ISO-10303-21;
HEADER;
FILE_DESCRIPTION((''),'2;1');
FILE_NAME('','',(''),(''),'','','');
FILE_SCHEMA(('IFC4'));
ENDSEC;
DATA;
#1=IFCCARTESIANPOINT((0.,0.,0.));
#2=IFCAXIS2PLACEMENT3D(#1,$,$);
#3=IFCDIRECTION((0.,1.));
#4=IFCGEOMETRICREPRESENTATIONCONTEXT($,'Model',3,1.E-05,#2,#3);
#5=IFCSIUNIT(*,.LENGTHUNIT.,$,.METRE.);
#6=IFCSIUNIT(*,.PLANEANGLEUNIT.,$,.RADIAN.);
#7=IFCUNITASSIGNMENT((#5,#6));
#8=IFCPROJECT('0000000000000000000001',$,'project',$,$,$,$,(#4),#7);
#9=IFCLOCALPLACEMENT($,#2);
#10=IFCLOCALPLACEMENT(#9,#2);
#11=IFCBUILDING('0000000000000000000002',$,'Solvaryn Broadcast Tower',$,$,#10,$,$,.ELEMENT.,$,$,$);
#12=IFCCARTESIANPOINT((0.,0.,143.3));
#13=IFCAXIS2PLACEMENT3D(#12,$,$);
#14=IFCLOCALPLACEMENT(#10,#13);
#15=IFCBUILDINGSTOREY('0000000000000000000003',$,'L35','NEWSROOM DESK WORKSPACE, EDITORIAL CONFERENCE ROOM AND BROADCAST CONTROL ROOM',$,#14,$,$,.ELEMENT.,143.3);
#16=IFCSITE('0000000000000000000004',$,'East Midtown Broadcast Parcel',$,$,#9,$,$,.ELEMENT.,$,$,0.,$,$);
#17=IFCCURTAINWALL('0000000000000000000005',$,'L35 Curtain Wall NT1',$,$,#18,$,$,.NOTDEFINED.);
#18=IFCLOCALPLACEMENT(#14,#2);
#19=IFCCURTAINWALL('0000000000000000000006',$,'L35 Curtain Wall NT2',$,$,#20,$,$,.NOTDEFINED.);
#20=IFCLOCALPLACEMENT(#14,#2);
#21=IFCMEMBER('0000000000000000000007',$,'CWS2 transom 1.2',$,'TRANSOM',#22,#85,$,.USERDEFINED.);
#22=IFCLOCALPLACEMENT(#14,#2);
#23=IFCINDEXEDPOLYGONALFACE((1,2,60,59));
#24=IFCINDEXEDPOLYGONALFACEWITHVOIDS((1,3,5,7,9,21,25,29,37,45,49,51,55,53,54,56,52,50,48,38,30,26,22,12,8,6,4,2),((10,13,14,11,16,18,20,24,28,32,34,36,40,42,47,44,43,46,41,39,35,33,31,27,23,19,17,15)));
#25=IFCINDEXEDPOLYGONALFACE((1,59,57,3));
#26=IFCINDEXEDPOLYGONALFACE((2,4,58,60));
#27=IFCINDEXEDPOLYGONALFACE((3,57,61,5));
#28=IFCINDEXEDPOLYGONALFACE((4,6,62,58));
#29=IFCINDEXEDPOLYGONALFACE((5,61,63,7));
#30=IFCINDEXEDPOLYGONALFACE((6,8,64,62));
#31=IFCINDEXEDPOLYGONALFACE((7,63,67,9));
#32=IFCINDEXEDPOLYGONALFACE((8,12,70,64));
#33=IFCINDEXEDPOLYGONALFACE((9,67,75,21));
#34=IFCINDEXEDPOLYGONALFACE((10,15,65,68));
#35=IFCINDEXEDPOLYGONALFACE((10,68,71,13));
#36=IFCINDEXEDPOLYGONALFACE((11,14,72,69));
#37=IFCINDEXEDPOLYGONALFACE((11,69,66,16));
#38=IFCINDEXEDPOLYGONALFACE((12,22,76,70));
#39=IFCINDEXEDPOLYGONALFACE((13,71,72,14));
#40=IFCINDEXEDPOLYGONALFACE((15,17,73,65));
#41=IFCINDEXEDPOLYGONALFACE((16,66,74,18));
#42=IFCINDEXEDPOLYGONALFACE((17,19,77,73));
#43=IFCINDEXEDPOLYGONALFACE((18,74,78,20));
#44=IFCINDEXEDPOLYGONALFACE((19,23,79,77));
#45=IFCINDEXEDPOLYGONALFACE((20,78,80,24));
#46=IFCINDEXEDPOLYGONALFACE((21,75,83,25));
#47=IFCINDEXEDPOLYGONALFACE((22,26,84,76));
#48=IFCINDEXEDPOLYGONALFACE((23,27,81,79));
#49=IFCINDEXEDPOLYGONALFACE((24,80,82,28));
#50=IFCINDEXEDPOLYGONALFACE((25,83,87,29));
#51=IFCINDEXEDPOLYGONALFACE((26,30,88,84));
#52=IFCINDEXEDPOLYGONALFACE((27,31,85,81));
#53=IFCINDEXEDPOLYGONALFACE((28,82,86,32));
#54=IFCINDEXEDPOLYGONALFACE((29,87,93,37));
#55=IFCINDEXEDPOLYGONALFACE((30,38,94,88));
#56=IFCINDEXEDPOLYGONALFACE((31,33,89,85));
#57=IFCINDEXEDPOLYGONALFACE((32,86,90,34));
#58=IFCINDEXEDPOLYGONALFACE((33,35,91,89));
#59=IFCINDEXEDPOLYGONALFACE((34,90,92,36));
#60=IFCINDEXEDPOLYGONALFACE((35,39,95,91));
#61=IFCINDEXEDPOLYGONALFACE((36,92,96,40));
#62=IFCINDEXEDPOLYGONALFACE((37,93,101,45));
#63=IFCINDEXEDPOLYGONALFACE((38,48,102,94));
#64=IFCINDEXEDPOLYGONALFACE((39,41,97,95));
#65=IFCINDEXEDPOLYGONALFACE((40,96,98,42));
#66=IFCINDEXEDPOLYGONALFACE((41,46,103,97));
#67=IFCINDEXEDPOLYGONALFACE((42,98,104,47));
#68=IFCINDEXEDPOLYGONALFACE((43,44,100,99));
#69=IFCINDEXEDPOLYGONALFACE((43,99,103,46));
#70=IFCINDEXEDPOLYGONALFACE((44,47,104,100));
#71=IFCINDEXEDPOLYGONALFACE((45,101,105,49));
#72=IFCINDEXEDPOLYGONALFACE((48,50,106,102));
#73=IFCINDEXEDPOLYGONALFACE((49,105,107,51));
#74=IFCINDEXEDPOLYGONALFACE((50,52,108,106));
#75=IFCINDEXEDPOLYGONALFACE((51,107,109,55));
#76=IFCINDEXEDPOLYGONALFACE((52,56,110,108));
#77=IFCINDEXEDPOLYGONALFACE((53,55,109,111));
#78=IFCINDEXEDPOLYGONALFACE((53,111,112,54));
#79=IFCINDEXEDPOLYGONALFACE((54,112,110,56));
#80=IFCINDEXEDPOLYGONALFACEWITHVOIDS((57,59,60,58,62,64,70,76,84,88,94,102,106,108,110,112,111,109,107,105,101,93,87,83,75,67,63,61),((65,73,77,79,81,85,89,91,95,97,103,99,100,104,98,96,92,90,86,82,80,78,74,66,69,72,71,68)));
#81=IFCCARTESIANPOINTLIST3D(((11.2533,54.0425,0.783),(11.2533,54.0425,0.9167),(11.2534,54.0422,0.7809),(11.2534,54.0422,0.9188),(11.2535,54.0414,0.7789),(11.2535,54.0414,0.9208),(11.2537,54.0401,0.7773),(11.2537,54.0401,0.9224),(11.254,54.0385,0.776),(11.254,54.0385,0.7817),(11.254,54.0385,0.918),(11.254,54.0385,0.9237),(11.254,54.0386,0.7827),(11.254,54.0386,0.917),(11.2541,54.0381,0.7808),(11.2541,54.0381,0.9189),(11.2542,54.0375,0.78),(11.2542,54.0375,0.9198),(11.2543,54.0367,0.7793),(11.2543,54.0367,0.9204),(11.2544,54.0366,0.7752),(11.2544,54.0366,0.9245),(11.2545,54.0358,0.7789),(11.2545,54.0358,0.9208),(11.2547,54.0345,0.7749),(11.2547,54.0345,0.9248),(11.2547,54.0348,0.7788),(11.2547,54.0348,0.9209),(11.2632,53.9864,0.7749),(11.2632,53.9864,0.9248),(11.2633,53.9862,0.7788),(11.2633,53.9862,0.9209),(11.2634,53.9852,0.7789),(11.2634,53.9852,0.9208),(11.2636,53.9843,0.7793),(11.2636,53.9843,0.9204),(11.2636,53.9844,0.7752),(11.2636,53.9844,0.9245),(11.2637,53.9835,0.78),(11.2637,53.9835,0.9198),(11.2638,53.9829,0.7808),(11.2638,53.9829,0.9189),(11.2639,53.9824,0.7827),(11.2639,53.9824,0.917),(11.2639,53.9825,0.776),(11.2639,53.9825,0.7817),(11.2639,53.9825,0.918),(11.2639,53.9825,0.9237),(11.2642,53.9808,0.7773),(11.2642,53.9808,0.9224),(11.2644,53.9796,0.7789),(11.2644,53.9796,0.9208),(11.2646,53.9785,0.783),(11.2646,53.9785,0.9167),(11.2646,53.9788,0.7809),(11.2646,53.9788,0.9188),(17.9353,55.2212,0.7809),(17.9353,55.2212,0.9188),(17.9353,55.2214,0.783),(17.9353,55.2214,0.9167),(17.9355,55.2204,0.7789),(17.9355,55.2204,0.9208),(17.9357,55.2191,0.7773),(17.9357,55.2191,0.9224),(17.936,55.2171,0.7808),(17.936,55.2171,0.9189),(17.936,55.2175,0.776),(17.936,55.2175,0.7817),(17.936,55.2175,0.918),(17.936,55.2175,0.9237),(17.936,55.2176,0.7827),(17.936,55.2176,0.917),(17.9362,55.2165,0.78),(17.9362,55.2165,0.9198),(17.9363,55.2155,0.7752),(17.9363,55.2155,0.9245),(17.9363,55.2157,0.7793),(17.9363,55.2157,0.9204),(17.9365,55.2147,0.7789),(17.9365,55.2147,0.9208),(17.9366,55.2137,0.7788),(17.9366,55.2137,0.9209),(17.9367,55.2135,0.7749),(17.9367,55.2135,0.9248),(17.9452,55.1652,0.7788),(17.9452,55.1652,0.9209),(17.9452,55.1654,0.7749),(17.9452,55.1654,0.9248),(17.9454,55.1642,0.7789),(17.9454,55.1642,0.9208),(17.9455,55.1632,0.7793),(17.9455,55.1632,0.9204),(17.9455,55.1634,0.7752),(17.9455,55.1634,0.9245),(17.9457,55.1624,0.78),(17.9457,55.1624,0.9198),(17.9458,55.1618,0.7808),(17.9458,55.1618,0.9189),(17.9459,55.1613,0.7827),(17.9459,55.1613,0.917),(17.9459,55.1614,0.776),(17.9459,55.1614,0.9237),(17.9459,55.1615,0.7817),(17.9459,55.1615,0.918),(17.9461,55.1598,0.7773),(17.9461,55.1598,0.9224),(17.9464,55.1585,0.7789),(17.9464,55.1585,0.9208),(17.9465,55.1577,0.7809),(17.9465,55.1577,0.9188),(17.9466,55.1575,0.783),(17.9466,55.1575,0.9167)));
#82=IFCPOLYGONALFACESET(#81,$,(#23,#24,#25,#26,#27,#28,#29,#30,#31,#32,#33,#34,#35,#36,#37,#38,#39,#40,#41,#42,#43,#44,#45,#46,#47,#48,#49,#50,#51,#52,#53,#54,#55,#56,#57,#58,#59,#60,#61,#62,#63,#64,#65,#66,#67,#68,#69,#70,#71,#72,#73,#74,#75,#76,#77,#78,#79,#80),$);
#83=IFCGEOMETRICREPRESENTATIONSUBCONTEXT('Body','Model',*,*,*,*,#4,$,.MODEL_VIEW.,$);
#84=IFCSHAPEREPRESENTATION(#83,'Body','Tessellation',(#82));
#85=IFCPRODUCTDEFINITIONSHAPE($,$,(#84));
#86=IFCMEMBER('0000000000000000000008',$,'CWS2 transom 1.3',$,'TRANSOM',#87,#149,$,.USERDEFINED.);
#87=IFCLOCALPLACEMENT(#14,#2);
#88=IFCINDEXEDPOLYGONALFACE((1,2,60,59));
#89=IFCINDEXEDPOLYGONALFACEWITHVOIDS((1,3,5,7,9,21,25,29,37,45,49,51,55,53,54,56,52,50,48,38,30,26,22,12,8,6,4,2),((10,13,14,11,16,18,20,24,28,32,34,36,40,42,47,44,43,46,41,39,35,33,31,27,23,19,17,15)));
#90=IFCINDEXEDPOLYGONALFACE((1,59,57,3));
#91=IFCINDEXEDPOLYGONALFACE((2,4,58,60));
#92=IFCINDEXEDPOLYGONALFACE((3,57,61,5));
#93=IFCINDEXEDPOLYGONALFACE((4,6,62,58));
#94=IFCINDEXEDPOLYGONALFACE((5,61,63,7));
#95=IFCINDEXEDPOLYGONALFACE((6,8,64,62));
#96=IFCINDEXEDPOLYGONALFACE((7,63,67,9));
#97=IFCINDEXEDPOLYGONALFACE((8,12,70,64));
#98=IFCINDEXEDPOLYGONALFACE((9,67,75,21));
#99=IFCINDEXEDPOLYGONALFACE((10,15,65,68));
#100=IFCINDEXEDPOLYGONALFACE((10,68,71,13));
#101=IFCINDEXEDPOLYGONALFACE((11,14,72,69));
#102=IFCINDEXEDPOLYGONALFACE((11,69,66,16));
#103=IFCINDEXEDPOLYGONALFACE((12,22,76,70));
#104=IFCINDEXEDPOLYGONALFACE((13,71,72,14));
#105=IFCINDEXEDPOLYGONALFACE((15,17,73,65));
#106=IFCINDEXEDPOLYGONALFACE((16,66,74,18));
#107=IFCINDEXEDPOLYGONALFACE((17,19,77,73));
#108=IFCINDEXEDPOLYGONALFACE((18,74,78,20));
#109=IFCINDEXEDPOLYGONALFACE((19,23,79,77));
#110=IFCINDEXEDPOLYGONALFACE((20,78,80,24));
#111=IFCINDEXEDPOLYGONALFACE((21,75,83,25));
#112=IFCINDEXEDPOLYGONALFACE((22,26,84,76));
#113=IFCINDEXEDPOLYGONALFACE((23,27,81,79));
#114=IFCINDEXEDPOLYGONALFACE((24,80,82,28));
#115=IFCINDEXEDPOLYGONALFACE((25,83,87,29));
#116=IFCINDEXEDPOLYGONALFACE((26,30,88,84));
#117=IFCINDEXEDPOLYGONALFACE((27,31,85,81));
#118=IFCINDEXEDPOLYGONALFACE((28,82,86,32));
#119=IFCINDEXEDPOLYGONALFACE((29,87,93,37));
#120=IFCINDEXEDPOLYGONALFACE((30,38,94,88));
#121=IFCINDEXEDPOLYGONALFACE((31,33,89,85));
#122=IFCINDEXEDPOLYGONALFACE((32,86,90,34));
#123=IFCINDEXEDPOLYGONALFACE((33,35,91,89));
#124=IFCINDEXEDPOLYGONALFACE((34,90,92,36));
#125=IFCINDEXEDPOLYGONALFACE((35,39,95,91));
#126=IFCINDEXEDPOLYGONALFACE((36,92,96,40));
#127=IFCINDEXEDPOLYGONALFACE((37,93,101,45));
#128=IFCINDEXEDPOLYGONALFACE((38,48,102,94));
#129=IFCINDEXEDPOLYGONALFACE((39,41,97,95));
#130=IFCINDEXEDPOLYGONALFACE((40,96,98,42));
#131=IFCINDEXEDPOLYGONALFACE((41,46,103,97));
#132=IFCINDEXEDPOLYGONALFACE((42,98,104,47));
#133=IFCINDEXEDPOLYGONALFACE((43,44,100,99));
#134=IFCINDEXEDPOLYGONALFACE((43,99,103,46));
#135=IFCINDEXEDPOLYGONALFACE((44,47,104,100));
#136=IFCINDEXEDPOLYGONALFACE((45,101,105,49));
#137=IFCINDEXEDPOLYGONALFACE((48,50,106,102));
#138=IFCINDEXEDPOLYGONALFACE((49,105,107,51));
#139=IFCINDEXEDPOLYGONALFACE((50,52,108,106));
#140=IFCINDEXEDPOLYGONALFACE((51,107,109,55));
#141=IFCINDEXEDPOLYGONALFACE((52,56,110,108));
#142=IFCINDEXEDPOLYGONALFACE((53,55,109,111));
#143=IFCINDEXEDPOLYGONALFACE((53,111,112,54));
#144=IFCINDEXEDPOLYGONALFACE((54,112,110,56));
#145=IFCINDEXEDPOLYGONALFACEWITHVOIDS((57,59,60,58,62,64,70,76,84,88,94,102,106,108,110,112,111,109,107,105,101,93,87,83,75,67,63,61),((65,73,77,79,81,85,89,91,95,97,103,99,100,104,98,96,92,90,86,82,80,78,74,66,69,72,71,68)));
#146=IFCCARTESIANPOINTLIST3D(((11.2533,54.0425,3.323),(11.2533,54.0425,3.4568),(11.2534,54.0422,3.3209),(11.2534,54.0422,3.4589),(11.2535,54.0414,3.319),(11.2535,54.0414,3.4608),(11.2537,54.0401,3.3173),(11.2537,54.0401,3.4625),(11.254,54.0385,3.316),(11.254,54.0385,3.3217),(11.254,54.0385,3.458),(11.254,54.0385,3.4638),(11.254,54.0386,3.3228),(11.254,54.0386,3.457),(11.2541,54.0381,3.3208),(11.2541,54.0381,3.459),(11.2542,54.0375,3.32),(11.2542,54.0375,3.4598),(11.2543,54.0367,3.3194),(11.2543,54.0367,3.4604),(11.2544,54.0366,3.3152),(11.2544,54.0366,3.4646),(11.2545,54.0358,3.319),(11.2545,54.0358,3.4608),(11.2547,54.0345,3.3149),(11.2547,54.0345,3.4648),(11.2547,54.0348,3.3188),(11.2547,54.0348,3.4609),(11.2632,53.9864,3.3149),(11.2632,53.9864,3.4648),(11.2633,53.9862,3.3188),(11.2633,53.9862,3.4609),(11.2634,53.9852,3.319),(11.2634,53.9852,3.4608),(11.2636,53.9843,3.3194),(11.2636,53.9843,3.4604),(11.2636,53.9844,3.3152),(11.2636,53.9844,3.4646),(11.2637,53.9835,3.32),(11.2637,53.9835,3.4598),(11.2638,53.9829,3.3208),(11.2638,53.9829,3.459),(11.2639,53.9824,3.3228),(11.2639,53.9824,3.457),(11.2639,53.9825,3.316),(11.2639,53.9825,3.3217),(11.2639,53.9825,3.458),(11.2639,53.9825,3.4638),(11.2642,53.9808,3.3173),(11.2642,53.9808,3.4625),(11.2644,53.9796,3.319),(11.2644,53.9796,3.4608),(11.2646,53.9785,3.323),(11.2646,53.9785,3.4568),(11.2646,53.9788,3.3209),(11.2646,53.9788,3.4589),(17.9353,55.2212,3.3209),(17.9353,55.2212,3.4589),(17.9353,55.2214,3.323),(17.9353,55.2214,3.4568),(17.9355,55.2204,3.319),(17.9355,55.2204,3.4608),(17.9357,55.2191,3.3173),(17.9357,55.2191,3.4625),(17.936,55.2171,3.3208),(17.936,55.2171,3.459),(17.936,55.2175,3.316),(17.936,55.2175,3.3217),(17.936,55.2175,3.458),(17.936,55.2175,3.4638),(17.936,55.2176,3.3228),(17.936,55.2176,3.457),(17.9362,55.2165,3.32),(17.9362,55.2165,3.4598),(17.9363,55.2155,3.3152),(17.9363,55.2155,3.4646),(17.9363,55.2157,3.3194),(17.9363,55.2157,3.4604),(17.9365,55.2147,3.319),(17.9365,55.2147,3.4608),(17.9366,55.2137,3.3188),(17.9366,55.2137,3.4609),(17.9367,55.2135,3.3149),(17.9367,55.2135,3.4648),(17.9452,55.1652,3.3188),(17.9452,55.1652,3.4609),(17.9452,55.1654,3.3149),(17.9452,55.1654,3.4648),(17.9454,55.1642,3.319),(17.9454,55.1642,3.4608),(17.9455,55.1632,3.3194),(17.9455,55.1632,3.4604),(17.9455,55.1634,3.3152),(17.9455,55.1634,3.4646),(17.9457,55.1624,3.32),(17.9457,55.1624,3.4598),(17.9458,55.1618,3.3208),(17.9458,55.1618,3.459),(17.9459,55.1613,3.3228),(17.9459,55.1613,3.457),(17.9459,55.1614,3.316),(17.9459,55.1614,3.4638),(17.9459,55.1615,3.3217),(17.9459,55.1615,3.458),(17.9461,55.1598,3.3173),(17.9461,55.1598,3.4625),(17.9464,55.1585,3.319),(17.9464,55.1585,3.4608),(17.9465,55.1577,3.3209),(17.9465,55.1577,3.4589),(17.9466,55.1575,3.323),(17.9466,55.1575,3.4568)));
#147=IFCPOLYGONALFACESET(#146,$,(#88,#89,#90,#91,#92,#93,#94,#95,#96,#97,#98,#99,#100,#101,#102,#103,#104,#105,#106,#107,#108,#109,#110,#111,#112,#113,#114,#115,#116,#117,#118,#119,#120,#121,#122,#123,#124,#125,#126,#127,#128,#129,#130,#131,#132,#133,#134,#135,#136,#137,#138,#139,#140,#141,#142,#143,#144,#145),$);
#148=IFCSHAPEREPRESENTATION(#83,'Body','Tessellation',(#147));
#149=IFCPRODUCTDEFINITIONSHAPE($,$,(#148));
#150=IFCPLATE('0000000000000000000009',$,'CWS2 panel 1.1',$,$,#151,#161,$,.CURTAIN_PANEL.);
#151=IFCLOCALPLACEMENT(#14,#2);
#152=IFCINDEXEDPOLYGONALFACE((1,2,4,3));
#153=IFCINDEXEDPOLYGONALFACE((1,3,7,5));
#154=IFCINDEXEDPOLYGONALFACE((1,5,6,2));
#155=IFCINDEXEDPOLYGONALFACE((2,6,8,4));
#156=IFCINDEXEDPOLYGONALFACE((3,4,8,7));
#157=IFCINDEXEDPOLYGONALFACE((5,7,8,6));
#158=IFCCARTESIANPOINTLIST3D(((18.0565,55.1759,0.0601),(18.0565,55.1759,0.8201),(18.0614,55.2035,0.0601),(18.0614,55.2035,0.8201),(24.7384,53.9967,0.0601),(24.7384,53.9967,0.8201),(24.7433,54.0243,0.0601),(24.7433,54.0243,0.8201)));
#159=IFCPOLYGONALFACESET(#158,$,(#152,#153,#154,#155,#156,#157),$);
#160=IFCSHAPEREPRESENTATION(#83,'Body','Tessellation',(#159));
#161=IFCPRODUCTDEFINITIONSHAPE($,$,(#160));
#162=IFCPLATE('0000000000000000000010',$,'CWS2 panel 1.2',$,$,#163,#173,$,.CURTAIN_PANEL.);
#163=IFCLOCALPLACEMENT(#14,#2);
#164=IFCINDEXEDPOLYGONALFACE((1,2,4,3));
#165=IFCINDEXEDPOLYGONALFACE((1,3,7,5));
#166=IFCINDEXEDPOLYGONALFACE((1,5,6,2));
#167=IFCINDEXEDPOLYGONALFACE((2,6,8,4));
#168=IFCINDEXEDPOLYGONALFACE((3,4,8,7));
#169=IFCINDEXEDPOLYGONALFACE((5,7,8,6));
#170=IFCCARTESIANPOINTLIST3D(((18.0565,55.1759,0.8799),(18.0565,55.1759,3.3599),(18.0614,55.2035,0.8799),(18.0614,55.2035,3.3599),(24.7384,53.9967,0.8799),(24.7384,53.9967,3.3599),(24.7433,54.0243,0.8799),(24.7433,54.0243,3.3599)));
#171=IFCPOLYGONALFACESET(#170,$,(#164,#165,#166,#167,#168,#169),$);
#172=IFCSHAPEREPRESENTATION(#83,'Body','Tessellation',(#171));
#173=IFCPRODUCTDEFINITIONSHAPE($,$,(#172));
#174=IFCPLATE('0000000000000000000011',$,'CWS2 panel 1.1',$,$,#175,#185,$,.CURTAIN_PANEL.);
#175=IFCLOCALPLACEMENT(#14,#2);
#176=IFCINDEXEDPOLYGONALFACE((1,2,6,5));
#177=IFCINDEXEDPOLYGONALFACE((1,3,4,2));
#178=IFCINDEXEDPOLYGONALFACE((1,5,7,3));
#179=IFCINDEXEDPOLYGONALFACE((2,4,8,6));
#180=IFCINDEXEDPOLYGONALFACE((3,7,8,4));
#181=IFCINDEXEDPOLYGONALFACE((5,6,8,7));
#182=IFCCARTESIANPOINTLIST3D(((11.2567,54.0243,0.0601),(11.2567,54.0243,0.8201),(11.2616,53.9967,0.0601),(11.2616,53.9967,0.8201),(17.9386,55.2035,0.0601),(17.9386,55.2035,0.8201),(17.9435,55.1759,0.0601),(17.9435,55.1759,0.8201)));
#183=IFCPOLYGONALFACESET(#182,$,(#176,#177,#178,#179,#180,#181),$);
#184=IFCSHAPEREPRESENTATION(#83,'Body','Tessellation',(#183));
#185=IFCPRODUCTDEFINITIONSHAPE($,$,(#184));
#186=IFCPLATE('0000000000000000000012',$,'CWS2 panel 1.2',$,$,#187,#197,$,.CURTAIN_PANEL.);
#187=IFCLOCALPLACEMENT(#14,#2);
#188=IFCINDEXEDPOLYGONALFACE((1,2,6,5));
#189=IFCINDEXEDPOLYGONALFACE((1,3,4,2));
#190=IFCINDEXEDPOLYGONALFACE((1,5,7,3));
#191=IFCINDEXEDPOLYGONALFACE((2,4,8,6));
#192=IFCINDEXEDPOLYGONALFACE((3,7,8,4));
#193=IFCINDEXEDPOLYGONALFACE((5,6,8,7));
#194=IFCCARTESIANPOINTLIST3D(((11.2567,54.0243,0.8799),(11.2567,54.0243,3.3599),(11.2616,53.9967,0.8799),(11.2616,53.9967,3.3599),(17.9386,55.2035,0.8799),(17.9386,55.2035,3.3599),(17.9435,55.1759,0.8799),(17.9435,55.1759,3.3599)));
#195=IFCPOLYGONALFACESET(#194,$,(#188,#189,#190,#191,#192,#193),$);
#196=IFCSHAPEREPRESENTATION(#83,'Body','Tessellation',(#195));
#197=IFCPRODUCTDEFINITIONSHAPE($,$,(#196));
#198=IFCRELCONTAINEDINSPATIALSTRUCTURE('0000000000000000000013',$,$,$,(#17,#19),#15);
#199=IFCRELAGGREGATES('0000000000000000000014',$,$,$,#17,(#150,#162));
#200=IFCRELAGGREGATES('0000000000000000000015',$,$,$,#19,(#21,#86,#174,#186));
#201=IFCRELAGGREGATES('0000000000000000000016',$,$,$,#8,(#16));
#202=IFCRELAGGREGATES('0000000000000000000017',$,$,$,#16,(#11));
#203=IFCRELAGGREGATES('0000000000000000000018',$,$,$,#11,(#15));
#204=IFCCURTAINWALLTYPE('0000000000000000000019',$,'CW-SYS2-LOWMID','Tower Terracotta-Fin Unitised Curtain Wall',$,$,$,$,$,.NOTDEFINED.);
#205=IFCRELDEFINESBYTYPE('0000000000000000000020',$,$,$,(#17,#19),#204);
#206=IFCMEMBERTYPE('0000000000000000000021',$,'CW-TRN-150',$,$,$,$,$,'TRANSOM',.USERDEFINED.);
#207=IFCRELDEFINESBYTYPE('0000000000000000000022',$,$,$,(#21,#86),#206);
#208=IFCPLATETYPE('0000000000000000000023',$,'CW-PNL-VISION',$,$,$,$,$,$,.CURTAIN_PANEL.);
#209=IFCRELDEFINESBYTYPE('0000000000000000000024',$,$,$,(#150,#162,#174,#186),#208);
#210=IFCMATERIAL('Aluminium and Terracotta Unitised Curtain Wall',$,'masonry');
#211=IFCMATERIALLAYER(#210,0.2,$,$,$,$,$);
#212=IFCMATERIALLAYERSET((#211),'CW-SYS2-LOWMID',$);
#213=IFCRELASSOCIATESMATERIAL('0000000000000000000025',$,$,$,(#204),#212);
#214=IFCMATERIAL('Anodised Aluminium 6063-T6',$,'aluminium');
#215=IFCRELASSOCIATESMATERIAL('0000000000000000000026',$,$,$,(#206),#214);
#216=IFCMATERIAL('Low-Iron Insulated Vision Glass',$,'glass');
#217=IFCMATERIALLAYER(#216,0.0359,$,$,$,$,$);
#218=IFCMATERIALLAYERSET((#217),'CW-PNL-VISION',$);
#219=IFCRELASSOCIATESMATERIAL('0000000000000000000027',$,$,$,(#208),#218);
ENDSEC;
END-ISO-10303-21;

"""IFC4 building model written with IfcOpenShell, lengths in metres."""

from ifc_helpers import new_model, si_unit, direction, frame, origin, origin_2d, place, context, subcontext, project, spatial, rectangle, hollow_rectangle, extrude, material, layer, layer_set, material_profile, profile_set, type_object, element, aggregate, save


model = new_model("IFC4")

# Units and contexts
model_context = context("Model", 3, precision=1e-05, world=origin(), true_north=direction((0.0, 1.0)))
body_context = subcontext(model_context, "Body", "Model", "MODEL_VIEW")
ifc_project = project(units=[si_unit("LENGTHUNIT", "METRE"), si_unit("PLANEANGLEUNIT", "RADIAN")], contexts=[model_context])

# Site, building, storey
site_placement = place(None, origin())
site = spatial("IfcSite", under=ifc_project, at=site_placement, Name="East Midtown Broadcast Parcel", CompositionType="ELEMENT", RefElevation=0.0)
building_placement = place(site_placement, origin())
building = spatial("IfcBuilding", under=site, at=building_placement, Name="Solvaryn Broadcast Tower", CompositionType="ELEMENT")
storey_placement = place(building_placement, frame((0.0, 0.0, 143.3)))
storey = spatial("IfcBuildingStorey", under=building, at=storey_placement, Name="L35", Description="NEWSROOM DESK WORKSPACE, EDITORIAL CONFERENCE ROOM AND BROADCAST CONTROL ROOM", CompositionType="ELEMENT", Elevation=143.3)

# Curtain wall
ifc_material_1 = material(Name="Aluminium and Terracotta Unitised Curtain Wall", Category="masonry")
ifc_layer_1 = layer(ifc_material_1, 0.2)
ifc_layer_set_1 = layer_set([ifc_layer_1], Name="CW-SYS2-LOWMID")
curtain_wall_type = type_object("IfcCurtainWallType", Name="CW-SYS2-LOWMID", Description="Tower Terracotta-Fin Unitised Curtain Wall", PredefinedType="NOTDEFINED", material=ifc_layer_set_1)
curtain_wall_1_placement = place(storey_placement, origin())
curtain_wall_1 = element("IfcCurtainWall", 1, at=curtain_wall_1_placement, inside=storey, type_object=curtain_wall_type, Name="L35 Curtain Wall NT1", PredefinedType="NOTDEFINED")

# Curtain wall, members
curtain_wall_2_placement = place(storey_placement, origin())
curtain_wall_2 = element("IfcCurtainWall", 2, at=curtain_wall_2_placement, inside=storey, type_object=curtain_wall_type, Name="L35 Curtain Wall NT2", PredefinedType="NOTDEFINED")
ifc_material_2 = material(Name="Anodised Aluminium 6063-T6", Category="aluminium")
ifc_material_profile_1 = material_profile(ifc_material_2, hollow_rectangle(XDim=0.0649, YDim=0.1499, WallThickness=0.0039, InnerFilletRadius=0.0039, OuterFilletRadius=0.0081, at=origin_2d()))
ifc_profile_set_1 = profile_set([ifc_material_profile_1], Name="Anodised Aluminium 6063-T6")
member_type_1 = type_object("IfcMemberType", Name="CW-TRN-150", ElementType="TRANSOM", PredefinedType="USERDEFINED", material=ifc_profile_set_1)
member_1_placement = place(storey_placement, frame((17.9409, 55.1895, 0.8499), z_axis=(-0.984789, -0.173757, 0.0), x_axis=(0.173757, -0.984789, 0.0)))
member_1 = element("IfcMember", 3, at=member_1_placement, type_object=member_type_1, Name="CWS2 transom 1.2", ObjectType="TRANSOM", PredefinedType="USERDEFINED", context=body_context, shape_type="SweptSolid", body=[
    extrude(hollow_rectangle(XDim=0.0649, YDim=0.1499, WallThickness=0.0039, InnerFilletRadius=0.0039, OuterFilletRadius=0.0081, at=origin_2d()), origin(), (0.0, 0.0, 1.0), 6.7852),
])
member_2_placement = place(storey_placement, frame((17.9409, 55.1895, 3.3899), z_axis=(-0.984789, -0.173757, 0.0), x_axis=(0.173757, -0.984789, 0.0)))
member_2 = element("IfcMember", 4, at=member_2_placement, type_object=member_type_1, Name="CWS2 transom 1.3", ObjectType="TRANSOM", PredefinedType="USERDEFINED", context=body_context, shape_type="SweptSolid", body=[
    extrude(hollow_rectangle(XDim=0.0649, YDim=0.1499, WallThickness=0.0039, InnerFilletRadius=0.0039, OuterFilletRadius=0.0081, at=origin_2d()), origin(), (0.0, 0.0, 1.0), 6.7852),
])

# Plates
ifc_material_3 = material(Name="Low-Iron Insulated Vision Glass", Category="glass")
ifc_layer_2 = layer(ifc_material_3, 0.0359)
ifc_layer_set_2 = layer_set([ifc_layer_2], Name="CW-PNL-VISION")
plate_type = type_object("IfcPlateType", Name="CW-PNL-VISION", PredefinedType="CURTAIN_PANEL", material=ifc_layer_set_2)
plate_1_placement = place(storey_placement, frame((21.3999, 54.6001, 0.0601), z_axis=(0.0, 0.0, 1.0), x_axis=(-0.984784, 0.173785, 0.0)))
plate_1 = element("IfcPlate", 5, at=plate_1_placement, type_object=plate_type, Name="CWS2 panel 1.1", PredefinedType="CURTAIN_PANEL", context=body_context, shape_type="SweptSolid", body=[
    extrude(rectangle(XDim=6.7852, YDim=0.0281, at=origin_2d()), origin(), (0.0, 0.0, 1.0), 0.76),
])
plate_2_placement = place(storey_placement, frame((21.3999, 54.6001, 0.8799), z_axis=(0.0, 0.0, 1.0), x_axis=(-0.984784, 0.173785, 0.0)))
plate_2 = element("IfcPlate", 6, at=plate_2_placement, type_object=plate_type, Name="CWS2 panel 1.2", PredefinedType="CURTAIN_PANEL", context=body_context, shape_type="SweptSolid", body=[
    extrude(rectangle(XDim=6.7852, YDim=0.0281, at=origin_2d()), origin(), (0.0, 0.0, 1.0), 2.48),
])
aggregate(curtain_wall_1, [plate_1, plate_2])
plate_3_placement = place(storey_placement, frame((14.6001, 54.6001, 0.0601), z_axis=(0.0, 0.0, 1.0), x_axis=(-0.984784, -0.173785, 0.0)))
plate_3 = element("IfcPlate", 7, at=plate_3_placement, type_object=plate_type, Name="CWS2 panel 1.1", PredefinedType="CURTAIN_PANEL", context=body_context, shape_type="SweptSolid", body=[
    extrude(rectangle(XDim=6.7852, YDim=0.0281, at=origin_2d()), origin(), (0.0, 0.0, 1.0), 0.76),
])
plate_4_placement = place(storey_placement, frame((14.6001, 54.6001, 0.8799), z_axis=(0.0, 0.0, 1.0), x_axis=(-0.984784, -0.173785, 0.0)))
plate_4 = element("IfcPlate", 8, at=plate_4_placement, type_object=plate_type, Name="CWS2 panel 1.2", PredefinedType="CURTAIN_PANEL", context=body_context, shape_type="SweptSolid", body=[
    extrude(rectangle(XDim=6.7852, YDim=0.0281, at=origin_2d()), origin(), (0.0, 0.0, 1.0), 2.48),
])
aggregate(curtain_wall_2, [member_1, member_2, plate_3, plate_4])

save(model, "model.ifc")
